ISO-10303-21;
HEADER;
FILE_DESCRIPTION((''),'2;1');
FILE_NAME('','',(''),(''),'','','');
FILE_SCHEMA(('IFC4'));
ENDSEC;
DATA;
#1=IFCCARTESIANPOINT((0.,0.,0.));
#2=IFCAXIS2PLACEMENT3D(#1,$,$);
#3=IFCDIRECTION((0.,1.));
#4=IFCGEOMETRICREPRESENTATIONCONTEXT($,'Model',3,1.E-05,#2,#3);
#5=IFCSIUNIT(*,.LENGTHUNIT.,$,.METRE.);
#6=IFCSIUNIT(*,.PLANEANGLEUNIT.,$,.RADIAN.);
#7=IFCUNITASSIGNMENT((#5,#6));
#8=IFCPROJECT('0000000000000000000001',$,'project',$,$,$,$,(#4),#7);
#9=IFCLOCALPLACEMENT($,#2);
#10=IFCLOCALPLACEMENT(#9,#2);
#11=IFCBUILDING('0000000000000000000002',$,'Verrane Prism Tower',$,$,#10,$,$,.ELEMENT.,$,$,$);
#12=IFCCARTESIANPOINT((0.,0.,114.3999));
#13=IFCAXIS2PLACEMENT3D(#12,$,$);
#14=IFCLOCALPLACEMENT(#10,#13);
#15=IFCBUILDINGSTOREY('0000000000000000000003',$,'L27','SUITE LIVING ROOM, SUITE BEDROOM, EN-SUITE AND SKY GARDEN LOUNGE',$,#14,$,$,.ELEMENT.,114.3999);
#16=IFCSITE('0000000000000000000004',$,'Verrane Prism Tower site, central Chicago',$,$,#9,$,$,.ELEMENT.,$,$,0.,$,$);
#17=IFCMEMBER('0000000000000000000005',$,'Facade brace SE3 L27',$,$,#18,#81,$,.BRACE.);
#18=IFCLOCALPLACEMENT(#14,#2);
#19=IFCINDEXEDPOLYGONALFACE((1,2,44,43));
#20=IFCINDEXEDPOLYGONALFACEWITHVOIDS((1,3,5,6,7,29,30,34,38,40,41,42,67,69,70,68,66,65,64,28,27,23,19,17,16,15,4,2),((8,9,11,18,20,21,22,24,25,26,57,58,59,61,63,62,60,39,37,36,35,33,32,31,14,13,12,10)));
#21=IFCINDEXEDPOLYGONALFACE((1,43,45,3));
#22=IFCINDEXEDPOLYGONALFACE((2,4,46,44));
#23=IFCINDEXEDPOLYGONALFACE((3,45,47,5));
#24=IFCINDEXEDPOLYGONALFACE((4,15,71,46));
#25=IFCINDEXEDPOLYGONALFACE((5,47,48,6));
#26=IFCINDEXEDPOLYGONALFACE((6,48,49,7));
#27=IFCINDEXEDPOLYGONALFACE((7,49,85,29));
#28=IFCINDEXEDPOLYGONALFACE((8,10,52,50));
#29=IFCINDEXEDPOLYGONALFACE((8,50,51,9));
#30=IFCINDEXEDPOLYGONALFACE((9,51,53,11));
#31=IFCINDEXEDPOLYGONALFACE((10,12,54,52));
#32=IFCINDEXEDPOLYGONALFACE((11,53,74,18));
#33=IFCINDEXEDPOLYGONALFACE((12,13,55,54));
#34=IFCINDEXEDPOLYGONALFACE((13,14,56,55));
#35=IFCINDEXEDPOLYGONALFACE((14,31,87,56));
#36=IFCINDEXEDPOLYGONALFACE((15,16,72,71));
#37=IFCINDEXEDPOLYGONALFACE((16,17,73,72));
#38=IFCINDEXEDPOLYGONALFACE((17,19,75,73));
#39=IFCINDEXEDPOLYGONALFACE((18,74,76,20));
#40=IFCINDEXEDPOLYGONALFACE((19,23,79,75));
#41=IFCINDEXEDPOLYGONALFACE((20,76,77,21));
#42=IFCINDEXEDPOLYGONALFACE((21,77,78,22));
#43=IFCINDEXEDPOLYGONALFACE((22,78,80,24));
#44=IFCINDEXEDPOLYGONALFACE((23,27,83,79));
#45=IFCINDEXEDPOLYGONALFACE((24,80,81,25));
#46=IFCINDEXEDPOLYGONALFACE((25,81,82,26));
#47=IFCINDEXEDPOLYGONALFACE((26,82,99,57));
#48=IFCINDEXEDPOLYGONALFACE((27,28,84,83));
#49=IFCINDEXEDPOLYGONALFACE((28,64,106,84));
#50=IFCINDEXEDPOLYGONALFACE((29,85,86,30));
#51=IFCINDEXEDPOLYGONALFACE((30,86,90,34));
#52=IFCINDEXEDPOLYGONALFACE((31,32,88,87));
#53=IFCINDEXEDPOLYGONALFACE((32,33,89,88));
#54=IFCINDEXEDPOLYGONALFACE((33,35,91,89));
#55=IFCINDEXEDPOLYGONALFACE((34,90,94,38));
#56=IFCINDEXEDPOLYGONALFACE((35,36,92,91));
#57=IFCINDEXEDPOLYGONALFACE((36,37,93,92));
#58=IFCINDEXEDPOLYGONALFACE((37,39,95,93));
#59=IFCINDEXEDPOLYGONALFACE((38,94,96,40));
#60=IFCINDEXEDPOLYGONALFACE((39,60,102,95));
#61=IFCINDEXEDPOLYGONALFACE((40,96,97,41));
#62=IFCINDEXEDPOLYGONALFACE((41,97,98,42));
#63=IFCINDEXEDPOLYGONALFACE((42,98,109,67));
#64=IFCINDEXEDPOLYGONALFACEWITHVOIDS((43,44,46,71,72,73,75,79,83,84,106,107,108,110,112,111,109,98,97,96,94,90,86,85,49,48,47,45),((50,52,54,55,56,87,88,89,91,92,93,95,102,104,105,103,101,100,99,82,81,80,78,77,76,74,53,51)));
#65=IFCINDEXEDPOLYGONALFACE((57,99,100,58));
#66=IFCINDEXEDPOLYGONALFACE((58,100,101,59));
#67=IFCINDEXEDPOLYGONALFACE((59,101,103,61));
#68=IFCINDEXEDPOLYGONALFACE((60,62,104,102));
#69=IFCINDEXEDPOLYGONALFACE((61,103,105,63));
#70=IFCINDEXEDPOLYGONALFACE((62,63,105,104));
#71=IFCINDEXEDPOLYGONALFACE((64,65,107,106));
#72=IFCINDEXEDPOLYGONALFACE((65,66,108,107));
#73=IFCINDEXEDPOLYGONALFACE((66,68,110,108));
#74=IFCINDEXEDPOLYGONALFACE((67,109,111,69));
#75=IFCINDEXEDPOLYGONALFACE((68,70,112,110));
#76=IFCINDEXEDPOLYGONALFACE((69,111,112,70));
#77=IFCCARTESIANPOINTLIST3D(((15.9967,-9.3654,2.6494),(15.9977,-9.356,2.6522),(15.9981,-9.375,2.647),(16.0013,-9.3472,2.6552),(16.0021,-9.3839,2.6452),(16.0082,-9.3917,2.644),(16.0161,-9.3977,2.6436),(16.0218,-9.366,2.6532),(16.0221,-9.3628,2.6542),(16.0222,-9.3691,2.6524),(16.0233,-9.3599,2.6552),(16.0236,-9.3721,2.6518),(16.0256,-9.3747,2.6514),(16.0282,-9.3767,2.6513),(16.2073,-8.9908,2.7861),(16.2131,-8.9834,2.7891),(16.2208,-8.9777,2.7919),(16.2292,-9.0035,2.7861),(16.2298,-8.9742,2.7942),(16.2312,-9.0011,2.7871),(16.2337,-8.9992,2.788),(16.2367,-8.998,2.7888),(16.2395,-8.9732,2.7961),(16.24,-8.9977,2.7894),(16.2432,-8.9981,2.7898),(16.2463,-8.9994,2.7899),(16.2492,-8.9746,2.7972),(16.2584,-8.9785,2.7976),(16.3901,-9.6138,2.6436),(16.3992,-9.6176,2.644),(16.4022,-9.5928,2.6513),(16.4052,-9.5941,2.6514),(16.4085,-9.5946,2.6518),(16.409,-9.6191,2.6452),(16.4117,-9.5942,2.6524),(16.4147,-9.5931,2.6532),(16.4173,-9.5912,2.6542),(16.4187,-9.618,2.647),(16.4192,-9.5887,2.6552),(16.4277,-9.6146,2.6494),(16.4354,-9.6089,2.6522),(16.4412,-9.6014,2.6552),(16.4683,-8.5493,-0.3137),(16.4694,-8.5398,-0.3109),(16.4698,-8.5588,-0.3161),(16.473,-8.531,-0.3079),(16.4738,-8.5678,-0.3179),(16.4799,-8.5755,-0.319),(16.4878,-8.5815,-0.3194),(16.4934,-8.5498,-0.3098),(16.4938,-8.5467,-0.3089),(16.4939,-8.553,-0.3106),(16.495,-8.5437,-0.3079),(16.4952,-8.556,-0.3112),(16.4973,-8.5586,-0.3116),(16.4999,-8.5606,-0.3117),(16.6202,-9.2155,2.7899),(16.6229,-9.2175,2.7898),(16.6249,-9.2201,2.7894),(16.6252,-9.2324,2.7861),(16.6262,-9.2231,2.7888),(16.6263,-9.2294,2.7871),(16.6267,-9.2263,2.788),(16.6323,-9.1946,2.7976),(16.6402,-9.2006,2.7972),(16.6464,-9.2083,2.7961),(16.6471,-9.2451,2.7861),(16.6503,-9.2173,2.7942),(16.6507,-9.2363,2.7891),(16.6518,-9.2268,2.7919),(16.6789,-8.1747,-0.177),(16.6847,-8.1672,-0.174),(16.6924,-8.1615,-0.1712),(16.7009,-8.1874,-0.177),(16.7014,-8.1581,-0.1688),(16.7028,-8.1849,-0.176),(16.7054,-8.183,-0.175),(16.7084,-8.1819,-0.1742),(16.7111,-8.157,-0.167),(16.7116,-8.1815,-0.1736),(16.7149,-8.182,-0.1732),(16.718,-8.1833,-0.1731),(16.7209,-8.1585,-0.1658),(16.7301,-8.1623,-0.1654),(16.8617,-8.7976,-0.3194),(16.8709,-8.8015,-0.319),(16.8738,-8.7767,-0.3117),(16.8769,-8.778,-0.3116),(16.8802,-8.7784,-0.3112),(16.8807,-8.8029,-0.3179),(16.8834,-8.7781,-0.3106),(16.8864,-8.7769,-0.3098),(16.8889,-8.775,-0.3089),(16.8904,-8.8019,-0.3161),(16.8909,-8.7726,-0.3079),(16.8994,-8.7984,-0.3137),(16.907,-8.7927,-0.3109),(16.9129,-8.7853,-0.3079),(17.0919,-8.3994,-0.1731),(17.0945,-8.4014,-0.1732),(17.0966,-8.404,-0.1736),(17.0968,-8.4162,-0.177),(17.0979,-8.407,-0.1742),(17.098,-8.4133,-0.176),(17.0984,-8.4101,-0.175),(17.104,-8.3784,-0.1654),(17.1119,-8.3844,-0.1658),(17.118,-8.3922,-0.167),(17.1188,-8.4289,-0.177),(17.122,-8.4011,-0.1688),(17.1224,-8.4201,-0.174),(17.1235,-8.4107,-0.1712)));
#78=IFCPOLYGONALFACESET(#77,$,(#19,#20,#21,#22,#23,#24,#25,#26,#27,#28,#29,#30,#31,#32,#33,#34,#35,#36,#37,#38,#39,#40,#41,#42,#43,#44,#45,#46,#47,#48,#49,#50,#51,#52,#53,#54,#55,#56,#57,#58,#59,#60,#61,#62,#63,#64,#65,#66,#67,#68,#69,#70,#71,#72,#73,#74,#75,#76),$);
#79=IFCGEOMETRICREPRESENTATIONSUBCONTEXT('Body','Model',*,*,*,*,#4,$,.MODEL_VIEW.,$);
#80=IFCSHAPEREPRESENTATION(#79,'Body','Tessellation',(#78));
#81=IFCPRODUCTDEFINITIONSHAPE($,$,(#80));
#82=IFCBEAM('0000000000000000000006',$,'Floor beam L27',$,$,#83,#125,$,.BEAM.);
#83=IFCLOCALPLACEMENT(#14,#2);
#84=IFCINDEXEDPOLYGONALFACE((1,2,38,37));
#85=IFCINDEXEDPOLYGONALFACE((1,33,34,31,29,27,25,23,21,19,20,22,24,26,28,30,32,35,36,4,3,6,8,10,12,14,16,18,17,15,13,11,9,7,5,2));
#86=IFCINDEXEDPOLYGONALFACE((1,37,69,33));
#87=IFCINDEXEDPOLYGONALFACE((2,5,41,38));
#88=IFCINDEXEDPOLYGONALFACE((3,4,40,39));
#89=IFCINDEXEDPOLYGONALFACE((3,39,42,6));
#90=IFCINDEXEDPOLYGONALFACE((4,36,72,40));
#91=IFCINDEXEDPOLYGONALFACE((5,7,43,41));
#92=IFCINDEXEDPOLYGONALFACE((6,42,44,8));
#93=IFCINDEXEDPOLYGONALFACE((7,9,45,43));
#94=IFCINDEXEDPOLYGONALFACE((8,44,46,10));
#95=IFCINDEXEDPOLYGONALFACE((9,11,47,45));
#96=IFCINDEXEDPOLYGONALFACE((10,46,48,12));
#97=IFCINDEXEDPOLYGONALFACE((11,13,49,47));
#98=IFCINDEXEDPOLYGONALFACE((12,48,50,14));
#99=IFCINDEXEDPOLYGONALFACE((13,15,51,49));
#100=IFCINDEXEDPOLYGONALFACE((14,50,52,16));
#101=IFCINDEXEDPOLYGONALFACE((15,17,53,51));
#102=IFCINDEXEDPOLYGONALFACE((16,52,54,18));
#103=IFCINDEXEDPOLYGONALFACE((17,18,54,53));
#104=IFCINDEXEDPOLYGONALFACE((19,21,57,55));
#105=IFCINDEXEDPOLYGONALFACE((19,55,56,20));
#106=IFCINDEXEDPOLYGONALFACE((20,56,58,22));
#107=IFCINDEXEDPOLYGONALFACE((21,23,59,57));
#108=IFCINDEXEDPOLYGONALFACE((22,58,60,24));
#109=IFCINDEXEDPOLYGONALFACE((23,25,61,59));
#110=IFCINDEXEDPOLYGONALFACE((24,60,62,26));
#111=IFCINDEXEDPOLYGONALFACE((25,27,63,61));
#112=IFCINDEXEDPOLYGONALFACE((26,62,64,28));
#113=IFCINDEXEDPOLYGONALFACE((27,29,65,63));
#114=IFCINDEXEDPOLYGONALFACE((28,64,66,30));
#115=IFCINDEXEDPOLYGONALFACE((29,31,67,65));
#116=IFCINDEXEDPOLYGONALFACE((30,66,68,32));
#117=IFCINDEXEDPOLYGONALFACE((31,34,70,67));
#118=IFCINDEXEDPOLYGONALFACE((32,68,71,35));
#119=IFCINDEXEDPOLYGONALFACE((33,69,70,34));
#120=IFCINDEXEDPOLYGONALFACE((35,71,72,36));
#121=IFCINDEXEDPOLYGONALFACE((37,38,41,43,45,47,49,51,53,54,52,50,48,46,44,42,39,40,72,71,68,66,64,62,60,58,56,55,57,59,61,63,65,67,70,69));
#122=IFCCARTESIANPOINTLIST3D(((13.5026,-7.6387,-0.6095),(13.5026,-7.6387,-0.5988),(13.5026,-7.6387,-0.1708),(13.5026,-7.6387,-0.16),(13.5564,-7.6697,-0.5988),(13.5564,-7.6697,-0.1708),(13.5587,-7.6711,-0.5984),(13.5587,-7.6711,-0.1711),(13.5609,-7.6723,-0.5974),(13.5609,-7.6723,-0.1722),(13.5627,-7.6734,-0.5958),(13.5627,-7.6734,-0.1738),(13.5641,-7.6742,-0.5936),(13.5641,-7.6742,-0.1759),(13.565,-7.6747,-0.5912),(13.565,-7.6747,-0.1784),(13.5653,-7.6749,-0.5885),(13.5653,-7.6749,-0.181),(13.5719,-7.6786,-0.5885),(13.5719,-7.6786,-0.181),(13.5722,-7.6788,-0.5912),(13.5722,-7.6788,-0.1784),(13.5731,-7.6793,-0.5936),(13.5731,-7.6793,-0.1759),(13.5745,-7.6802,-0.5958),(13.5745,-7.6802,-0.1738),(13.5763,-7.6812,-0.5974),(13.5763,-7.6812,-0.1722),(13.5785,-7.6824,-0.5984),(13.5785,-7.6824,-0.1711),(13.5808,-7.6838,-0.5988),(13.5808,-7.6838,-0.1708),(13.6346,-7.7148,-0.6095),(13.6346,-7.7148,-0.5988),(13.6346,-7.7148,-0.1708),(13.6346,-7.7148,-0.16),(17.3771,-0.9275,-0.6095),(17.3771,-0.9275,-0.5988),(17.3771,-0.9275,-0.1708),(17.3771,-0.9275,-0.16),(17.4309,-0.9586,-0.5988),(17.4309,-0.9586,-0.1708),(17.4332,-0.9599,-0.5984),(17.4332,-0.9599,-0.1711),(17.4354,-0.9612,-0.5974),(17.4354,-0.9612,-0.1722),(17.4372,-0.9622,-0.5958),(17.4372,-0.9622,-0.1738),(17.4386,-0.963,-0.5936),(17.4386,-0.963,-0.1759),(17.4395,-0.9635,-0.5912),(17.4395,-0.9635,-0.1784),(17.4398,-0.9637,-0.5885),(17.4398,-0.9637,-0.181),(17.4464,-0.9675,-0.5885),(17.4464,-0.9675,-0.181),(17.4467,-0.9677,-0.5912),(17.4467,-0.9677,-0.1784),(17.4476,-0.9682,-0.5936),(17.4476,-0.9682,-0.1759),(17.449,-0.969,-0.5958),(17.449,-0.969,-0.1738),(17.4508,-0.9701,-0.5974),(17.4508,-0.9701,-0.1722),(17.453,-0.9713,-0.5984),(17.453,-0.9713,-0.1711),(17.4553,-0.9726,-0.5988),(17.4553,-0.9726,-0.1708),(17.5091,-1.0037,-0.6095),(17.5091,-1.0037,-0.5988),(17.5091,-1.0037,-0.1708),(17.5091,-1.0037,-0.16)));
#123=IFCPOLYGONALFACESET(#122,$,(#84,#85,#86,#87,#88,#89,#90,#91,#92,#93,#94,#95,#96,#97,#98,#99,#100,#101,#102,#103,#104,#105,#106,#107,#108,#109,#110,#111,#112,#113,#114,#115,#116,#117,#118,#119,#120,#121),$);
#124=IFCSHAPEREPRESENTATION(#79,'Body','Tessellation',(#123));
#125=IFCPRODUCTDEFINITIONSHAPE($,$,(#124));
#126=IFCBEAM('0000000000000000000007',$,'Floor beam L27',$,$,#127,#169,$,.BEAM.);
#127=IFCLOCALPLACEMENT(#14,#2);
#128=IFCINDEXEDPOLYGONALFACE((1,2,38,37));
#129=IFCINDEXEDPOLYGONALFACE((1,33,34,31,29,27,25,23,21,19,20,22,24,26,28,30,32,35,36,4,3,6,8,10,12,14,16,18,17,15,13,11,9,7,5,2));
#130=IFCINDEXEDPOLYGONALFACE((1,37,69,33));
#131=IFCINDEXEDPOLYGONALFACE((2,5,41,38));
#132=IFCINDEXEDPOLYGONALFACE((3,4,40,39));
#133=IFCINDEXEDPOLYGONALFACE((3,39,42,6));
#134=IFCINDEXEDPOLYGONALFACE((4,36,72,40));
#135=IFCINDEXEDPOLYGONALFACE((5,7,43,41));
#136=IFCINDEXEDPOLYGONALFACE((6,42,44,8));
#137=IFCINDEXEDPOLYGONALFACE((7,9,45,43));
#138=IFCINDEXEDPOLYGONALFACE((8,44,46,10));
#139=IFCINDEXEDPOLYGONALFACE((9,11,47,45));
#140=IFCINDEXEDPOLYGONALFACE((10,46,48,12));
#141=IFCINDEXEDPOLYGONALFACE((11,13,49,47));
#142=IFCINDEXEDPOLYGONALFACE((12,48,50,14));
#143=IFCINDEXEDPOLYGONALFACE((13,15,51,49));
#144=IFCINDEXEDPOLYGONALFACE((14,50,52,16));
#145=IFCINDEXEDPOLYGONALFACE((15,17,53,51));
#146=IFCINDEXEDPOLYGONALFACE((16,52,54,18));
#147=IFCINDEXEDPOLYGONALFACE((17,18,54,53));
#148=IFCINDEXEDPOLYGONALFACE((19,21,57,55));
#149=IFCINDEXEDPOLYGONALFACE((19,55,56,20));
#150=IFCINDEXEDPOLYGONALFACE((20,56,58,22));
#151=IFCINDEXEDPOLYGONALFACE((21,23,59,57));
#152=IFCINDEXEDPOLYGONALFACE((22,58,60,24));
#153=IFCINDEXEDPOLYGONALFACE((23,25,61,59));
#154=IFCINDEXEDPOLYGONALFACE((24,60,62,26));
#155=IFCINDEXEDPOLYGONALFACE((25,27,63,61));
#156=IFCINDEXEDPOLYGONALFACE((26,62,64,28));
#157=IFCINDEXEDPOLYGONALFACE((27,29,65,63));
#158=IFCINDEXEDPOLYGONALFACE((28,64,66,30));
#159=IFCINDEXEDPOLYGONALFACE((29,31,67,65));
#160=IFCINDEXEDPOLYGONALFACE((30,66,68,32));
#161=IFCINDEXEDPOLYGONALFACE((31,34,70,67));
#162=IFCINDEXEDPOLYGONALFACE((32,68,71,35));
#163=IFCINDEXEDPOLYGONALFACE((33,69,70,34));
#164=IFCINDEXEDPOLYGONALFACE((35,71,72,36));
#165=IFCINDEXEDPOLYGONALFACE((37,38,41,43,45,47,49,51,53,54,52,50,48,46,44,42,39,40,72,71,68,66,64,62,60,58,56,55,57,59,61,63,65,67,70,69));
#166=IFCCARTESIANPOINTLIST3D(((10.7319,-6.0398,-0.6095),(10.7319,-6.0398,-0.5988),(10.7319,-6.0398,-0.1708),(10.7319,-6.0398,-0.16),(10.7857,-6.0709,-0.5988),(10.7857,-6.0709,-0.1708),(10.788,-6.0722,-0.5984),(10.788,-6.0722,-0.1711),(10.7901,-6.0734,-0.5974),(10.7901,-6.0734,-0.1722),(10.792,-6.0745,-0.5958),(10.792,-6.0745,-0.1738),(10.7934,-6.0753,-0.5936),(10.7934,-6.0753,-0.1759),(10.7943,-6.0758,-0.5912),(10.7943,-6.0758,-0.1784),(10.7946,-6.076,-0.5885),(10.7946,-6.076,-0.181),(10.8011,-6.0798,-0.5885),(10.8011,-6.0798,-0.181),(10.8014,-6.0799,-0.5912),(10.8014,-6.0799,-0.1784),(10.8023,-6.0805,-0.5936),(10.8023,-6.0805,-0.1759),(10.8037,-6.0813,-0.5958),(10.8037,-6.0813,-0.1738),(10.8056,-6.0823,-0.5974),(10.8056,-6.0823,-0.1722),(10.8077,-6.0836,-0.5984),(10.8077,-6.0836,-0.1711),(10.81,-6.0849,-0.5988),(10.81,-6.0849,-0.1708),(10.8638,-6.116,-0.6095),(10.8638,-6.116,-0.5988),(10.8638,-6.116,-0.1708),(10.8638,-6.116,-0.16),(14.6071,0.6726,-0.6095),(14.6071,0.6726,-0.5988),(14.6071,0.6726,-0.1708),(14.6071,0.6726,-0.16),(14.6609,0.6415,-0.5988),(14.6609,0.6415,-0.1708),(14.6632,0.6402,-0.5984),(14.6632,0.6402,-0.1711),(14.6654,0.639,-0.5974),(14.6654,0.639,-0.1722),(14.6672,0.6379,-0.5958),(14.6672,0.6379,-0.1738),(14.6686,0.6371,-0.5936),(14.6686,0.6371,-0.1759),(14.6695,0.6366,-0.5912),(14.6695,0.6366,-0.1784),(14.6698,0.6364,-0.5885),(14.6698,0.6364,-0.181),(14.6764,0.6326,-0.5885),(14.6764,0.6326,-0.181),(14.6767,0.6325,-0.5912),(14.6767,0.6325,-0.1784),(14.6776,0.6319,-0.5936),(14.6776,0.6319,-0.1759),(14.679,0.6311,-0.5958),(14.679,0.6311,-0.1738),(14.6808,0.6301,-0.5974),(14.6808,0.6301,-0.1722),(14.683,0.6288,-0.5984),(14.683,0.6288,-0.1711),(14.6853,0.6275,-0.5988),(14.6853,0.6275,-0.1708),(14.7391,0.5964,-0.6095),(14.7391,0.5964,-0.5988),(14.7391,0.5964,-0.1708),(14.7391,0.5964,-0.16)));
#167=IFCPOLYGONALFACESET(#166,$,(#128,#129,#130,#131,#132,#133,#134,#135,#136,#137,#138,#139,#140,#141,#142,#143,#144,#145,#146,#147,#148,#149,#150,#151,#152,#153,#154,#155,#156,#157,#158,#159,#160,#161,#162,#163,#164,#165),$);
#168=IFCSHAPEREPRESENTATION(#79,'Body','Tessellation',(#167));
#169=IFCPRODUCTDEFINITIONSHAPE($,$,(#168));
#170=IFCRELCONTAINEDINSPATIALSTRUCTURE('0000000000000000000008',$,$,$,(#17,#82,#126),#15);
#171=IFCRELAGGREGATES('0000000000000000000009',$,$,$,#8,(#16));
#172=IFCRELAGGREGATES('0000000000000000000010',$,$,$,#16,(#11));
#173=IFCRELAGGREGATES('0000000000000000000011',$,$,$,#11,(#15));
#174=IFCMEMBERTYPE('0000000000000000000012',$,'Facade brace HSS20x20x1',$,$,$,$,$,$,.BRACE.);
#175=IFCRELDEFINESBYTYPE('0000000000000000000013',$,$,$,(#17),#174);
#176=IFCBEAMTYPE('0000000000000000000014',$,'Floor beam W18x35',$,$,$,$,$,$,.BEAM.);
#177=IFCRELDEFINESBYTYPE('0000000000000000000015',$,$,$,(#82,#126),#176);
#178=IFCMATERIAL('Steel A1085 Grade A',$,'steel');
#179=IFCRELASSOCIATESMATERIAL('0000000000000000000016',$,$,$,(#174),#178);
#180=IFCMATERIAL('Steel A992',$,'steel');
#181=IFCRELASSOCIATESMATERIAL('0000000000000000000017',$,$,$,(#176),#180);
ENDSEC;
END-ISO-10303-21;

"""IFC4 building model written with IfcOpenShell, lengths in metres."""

from ifc_helpers import new_model, si_unit, direction, frame, origin, origin_2d, place, context, subcontext, project, spatial, hollow_rectangle, i_section, extrude, material, material_profile, profile_set, type_object, element, save


model = new_model("IFC4")

# Units and contexts
model_context = context("Model", 3, precision=1e-05, world=origin(), true_north=direction((0.0, 1.0)))
body_context = subcontext(model_context, "Body", "Model", "MODEL_VIEW")
ifc_project = project(units=[si_unit("LENGTHUNIT", "METRE"), si_unit("PLANEANGLEUNIT", "RADIAN")], contexts=[model_context])

# Site, building, storey
site_placement = place(None, origin())
site = spatial("IfcSite", under=ifc_project, at=site_placement, Name="Verrane Prism Tower site, central Chicago", CompositionType="ELEMENT", RefElevation=0.0)
building_placement = place(site_placement, origin())
building = spatial("IfcBuilding", under=site, at=building_placement, Name="Verrane Prism Tower", CompositionType="ELEMENT")
storey_placement = place(building_placement, frame((0.0, 0.0, 114.3999)))
storey = spatial("IfcBuildingStorey", under=building, at=storey_placement, Name="L27", Description="SUITE LIVING ROOM, SUITE BEDROOM, EN-SUITE AND SKY GARDEN LOUNGE", CompositionType="ELEMENT", Elevation=114.3999)

# Member
ifc_material_1 = material(Name="Steel A1085 Grade A", Category="steel")
ifc_material_profile_1 = material_profile(ifc_material_1, hollow_rectangle(XDim=0.5081, YDim=0.5081, WallThickness=0.0254, InnerFilletRadius=0.0127, OuterFilletRadius=0.0381, at=origin_2d()), Name="HSS20x20x1")
ifc_profile_set_1 = profile_set([ifc_material_profile_1], Name="Steel A1085 Grade A")
member_type_1 = type_object("IfcMemberType", Name="Facade brace HSS20x20x1", PredefinedType="BRACE", material=ifc_profile_set_1)
member_1_placement = place(storey_placement, frame((16.7959, -8.48, -0.2424), z_axis=(-0.151692, -0.262477, 0.952941), x_axis=(0.86581, -0.500373, 0.0)))
element("IfcMember", 1, at=member_1_placement, inside=storey, type_object=member_type_1, Name="Facade brace SE3 L27", PredefinedType="BRACE", context=body_context, shape_type="SweptSolid", body=[
    extrude(hollow_rectangle(XDim=0.5081, YDim=0.5081, WallThickness=0.0254, InnerFilletRadius=0.0127, OuterFilletRadius=0.0381, at=origin_2d()), origin(), (0.0, 0.0, 1.0), 3.1094),
])

# Beams
ifc_material_2 = material(Name="Steel A992", Category="steel")
ifc_material_profile_2 = material_profile(ifc_material_2, i_section(OverallWidth=0.1523, OverallDepth=0.4495, WebThickness=0.0076, FlangeThickness=0.0107, FilletRadius=0.0103, at=origin_2d()), Name="W18x35")
ifc_profile_set_2 = profile_set([ifc_material_profile_2], Name="Steel A992")
beam_type_1 = type_object("IfcBeamType", Name="Floor beam W18x35", PredefinedType="BEAM", material=ifc_profile_set_2)
beam_1_placement = place(storey_placement, frame((13.5686, -7.6768, -0.3848), z_axis=(0.499982, 0.866036, 0.0), x_axis=(-0.866036, 0.499982, 0.0)))
element("IfcBeam", 2, at=beam_1_placement, inside=storey, type_object=beam_type_1, Name="Floor beam L27", PredefinedType="BEAM", context=body_context, shape_type="SweptSolid", body=[
    extrude(i_section(OverallWidth=0.1523, OverallDepth=0.4495, WebThickness=0.0076, FlangeThickness=0.0107, FilletRadius=0.0103, at=origin_2d()), origin(), (0.0, 0.0, 1.0), 7.7493),
])
beam_2_placement = place(storey_placement, frame((10.7979, -6.0779, -0.3848), z_axis=(0.499984, 0.866035, 0.0), x_axis=(-0.866035, 0.499984, 0.0)))
element("IfcBeam", 3, at=beam_2_placement, inside=storey, type_object=beam_type_1, Name="Floor beam L27", PredefinedType="BEAM", context=body_context, shape_type="SweptSolid", body=[
    extrude(i_section(OverallWidth=0.1523, OverallDepth=0.4495, WebThickness=0.0076, FlangeThickness=0.0107, FilletRadius=0.0103, at=origin_2d()), origin(), (0.0, 0.0, 1.0), 7.7507),
])

save(model, "model.ifc")
